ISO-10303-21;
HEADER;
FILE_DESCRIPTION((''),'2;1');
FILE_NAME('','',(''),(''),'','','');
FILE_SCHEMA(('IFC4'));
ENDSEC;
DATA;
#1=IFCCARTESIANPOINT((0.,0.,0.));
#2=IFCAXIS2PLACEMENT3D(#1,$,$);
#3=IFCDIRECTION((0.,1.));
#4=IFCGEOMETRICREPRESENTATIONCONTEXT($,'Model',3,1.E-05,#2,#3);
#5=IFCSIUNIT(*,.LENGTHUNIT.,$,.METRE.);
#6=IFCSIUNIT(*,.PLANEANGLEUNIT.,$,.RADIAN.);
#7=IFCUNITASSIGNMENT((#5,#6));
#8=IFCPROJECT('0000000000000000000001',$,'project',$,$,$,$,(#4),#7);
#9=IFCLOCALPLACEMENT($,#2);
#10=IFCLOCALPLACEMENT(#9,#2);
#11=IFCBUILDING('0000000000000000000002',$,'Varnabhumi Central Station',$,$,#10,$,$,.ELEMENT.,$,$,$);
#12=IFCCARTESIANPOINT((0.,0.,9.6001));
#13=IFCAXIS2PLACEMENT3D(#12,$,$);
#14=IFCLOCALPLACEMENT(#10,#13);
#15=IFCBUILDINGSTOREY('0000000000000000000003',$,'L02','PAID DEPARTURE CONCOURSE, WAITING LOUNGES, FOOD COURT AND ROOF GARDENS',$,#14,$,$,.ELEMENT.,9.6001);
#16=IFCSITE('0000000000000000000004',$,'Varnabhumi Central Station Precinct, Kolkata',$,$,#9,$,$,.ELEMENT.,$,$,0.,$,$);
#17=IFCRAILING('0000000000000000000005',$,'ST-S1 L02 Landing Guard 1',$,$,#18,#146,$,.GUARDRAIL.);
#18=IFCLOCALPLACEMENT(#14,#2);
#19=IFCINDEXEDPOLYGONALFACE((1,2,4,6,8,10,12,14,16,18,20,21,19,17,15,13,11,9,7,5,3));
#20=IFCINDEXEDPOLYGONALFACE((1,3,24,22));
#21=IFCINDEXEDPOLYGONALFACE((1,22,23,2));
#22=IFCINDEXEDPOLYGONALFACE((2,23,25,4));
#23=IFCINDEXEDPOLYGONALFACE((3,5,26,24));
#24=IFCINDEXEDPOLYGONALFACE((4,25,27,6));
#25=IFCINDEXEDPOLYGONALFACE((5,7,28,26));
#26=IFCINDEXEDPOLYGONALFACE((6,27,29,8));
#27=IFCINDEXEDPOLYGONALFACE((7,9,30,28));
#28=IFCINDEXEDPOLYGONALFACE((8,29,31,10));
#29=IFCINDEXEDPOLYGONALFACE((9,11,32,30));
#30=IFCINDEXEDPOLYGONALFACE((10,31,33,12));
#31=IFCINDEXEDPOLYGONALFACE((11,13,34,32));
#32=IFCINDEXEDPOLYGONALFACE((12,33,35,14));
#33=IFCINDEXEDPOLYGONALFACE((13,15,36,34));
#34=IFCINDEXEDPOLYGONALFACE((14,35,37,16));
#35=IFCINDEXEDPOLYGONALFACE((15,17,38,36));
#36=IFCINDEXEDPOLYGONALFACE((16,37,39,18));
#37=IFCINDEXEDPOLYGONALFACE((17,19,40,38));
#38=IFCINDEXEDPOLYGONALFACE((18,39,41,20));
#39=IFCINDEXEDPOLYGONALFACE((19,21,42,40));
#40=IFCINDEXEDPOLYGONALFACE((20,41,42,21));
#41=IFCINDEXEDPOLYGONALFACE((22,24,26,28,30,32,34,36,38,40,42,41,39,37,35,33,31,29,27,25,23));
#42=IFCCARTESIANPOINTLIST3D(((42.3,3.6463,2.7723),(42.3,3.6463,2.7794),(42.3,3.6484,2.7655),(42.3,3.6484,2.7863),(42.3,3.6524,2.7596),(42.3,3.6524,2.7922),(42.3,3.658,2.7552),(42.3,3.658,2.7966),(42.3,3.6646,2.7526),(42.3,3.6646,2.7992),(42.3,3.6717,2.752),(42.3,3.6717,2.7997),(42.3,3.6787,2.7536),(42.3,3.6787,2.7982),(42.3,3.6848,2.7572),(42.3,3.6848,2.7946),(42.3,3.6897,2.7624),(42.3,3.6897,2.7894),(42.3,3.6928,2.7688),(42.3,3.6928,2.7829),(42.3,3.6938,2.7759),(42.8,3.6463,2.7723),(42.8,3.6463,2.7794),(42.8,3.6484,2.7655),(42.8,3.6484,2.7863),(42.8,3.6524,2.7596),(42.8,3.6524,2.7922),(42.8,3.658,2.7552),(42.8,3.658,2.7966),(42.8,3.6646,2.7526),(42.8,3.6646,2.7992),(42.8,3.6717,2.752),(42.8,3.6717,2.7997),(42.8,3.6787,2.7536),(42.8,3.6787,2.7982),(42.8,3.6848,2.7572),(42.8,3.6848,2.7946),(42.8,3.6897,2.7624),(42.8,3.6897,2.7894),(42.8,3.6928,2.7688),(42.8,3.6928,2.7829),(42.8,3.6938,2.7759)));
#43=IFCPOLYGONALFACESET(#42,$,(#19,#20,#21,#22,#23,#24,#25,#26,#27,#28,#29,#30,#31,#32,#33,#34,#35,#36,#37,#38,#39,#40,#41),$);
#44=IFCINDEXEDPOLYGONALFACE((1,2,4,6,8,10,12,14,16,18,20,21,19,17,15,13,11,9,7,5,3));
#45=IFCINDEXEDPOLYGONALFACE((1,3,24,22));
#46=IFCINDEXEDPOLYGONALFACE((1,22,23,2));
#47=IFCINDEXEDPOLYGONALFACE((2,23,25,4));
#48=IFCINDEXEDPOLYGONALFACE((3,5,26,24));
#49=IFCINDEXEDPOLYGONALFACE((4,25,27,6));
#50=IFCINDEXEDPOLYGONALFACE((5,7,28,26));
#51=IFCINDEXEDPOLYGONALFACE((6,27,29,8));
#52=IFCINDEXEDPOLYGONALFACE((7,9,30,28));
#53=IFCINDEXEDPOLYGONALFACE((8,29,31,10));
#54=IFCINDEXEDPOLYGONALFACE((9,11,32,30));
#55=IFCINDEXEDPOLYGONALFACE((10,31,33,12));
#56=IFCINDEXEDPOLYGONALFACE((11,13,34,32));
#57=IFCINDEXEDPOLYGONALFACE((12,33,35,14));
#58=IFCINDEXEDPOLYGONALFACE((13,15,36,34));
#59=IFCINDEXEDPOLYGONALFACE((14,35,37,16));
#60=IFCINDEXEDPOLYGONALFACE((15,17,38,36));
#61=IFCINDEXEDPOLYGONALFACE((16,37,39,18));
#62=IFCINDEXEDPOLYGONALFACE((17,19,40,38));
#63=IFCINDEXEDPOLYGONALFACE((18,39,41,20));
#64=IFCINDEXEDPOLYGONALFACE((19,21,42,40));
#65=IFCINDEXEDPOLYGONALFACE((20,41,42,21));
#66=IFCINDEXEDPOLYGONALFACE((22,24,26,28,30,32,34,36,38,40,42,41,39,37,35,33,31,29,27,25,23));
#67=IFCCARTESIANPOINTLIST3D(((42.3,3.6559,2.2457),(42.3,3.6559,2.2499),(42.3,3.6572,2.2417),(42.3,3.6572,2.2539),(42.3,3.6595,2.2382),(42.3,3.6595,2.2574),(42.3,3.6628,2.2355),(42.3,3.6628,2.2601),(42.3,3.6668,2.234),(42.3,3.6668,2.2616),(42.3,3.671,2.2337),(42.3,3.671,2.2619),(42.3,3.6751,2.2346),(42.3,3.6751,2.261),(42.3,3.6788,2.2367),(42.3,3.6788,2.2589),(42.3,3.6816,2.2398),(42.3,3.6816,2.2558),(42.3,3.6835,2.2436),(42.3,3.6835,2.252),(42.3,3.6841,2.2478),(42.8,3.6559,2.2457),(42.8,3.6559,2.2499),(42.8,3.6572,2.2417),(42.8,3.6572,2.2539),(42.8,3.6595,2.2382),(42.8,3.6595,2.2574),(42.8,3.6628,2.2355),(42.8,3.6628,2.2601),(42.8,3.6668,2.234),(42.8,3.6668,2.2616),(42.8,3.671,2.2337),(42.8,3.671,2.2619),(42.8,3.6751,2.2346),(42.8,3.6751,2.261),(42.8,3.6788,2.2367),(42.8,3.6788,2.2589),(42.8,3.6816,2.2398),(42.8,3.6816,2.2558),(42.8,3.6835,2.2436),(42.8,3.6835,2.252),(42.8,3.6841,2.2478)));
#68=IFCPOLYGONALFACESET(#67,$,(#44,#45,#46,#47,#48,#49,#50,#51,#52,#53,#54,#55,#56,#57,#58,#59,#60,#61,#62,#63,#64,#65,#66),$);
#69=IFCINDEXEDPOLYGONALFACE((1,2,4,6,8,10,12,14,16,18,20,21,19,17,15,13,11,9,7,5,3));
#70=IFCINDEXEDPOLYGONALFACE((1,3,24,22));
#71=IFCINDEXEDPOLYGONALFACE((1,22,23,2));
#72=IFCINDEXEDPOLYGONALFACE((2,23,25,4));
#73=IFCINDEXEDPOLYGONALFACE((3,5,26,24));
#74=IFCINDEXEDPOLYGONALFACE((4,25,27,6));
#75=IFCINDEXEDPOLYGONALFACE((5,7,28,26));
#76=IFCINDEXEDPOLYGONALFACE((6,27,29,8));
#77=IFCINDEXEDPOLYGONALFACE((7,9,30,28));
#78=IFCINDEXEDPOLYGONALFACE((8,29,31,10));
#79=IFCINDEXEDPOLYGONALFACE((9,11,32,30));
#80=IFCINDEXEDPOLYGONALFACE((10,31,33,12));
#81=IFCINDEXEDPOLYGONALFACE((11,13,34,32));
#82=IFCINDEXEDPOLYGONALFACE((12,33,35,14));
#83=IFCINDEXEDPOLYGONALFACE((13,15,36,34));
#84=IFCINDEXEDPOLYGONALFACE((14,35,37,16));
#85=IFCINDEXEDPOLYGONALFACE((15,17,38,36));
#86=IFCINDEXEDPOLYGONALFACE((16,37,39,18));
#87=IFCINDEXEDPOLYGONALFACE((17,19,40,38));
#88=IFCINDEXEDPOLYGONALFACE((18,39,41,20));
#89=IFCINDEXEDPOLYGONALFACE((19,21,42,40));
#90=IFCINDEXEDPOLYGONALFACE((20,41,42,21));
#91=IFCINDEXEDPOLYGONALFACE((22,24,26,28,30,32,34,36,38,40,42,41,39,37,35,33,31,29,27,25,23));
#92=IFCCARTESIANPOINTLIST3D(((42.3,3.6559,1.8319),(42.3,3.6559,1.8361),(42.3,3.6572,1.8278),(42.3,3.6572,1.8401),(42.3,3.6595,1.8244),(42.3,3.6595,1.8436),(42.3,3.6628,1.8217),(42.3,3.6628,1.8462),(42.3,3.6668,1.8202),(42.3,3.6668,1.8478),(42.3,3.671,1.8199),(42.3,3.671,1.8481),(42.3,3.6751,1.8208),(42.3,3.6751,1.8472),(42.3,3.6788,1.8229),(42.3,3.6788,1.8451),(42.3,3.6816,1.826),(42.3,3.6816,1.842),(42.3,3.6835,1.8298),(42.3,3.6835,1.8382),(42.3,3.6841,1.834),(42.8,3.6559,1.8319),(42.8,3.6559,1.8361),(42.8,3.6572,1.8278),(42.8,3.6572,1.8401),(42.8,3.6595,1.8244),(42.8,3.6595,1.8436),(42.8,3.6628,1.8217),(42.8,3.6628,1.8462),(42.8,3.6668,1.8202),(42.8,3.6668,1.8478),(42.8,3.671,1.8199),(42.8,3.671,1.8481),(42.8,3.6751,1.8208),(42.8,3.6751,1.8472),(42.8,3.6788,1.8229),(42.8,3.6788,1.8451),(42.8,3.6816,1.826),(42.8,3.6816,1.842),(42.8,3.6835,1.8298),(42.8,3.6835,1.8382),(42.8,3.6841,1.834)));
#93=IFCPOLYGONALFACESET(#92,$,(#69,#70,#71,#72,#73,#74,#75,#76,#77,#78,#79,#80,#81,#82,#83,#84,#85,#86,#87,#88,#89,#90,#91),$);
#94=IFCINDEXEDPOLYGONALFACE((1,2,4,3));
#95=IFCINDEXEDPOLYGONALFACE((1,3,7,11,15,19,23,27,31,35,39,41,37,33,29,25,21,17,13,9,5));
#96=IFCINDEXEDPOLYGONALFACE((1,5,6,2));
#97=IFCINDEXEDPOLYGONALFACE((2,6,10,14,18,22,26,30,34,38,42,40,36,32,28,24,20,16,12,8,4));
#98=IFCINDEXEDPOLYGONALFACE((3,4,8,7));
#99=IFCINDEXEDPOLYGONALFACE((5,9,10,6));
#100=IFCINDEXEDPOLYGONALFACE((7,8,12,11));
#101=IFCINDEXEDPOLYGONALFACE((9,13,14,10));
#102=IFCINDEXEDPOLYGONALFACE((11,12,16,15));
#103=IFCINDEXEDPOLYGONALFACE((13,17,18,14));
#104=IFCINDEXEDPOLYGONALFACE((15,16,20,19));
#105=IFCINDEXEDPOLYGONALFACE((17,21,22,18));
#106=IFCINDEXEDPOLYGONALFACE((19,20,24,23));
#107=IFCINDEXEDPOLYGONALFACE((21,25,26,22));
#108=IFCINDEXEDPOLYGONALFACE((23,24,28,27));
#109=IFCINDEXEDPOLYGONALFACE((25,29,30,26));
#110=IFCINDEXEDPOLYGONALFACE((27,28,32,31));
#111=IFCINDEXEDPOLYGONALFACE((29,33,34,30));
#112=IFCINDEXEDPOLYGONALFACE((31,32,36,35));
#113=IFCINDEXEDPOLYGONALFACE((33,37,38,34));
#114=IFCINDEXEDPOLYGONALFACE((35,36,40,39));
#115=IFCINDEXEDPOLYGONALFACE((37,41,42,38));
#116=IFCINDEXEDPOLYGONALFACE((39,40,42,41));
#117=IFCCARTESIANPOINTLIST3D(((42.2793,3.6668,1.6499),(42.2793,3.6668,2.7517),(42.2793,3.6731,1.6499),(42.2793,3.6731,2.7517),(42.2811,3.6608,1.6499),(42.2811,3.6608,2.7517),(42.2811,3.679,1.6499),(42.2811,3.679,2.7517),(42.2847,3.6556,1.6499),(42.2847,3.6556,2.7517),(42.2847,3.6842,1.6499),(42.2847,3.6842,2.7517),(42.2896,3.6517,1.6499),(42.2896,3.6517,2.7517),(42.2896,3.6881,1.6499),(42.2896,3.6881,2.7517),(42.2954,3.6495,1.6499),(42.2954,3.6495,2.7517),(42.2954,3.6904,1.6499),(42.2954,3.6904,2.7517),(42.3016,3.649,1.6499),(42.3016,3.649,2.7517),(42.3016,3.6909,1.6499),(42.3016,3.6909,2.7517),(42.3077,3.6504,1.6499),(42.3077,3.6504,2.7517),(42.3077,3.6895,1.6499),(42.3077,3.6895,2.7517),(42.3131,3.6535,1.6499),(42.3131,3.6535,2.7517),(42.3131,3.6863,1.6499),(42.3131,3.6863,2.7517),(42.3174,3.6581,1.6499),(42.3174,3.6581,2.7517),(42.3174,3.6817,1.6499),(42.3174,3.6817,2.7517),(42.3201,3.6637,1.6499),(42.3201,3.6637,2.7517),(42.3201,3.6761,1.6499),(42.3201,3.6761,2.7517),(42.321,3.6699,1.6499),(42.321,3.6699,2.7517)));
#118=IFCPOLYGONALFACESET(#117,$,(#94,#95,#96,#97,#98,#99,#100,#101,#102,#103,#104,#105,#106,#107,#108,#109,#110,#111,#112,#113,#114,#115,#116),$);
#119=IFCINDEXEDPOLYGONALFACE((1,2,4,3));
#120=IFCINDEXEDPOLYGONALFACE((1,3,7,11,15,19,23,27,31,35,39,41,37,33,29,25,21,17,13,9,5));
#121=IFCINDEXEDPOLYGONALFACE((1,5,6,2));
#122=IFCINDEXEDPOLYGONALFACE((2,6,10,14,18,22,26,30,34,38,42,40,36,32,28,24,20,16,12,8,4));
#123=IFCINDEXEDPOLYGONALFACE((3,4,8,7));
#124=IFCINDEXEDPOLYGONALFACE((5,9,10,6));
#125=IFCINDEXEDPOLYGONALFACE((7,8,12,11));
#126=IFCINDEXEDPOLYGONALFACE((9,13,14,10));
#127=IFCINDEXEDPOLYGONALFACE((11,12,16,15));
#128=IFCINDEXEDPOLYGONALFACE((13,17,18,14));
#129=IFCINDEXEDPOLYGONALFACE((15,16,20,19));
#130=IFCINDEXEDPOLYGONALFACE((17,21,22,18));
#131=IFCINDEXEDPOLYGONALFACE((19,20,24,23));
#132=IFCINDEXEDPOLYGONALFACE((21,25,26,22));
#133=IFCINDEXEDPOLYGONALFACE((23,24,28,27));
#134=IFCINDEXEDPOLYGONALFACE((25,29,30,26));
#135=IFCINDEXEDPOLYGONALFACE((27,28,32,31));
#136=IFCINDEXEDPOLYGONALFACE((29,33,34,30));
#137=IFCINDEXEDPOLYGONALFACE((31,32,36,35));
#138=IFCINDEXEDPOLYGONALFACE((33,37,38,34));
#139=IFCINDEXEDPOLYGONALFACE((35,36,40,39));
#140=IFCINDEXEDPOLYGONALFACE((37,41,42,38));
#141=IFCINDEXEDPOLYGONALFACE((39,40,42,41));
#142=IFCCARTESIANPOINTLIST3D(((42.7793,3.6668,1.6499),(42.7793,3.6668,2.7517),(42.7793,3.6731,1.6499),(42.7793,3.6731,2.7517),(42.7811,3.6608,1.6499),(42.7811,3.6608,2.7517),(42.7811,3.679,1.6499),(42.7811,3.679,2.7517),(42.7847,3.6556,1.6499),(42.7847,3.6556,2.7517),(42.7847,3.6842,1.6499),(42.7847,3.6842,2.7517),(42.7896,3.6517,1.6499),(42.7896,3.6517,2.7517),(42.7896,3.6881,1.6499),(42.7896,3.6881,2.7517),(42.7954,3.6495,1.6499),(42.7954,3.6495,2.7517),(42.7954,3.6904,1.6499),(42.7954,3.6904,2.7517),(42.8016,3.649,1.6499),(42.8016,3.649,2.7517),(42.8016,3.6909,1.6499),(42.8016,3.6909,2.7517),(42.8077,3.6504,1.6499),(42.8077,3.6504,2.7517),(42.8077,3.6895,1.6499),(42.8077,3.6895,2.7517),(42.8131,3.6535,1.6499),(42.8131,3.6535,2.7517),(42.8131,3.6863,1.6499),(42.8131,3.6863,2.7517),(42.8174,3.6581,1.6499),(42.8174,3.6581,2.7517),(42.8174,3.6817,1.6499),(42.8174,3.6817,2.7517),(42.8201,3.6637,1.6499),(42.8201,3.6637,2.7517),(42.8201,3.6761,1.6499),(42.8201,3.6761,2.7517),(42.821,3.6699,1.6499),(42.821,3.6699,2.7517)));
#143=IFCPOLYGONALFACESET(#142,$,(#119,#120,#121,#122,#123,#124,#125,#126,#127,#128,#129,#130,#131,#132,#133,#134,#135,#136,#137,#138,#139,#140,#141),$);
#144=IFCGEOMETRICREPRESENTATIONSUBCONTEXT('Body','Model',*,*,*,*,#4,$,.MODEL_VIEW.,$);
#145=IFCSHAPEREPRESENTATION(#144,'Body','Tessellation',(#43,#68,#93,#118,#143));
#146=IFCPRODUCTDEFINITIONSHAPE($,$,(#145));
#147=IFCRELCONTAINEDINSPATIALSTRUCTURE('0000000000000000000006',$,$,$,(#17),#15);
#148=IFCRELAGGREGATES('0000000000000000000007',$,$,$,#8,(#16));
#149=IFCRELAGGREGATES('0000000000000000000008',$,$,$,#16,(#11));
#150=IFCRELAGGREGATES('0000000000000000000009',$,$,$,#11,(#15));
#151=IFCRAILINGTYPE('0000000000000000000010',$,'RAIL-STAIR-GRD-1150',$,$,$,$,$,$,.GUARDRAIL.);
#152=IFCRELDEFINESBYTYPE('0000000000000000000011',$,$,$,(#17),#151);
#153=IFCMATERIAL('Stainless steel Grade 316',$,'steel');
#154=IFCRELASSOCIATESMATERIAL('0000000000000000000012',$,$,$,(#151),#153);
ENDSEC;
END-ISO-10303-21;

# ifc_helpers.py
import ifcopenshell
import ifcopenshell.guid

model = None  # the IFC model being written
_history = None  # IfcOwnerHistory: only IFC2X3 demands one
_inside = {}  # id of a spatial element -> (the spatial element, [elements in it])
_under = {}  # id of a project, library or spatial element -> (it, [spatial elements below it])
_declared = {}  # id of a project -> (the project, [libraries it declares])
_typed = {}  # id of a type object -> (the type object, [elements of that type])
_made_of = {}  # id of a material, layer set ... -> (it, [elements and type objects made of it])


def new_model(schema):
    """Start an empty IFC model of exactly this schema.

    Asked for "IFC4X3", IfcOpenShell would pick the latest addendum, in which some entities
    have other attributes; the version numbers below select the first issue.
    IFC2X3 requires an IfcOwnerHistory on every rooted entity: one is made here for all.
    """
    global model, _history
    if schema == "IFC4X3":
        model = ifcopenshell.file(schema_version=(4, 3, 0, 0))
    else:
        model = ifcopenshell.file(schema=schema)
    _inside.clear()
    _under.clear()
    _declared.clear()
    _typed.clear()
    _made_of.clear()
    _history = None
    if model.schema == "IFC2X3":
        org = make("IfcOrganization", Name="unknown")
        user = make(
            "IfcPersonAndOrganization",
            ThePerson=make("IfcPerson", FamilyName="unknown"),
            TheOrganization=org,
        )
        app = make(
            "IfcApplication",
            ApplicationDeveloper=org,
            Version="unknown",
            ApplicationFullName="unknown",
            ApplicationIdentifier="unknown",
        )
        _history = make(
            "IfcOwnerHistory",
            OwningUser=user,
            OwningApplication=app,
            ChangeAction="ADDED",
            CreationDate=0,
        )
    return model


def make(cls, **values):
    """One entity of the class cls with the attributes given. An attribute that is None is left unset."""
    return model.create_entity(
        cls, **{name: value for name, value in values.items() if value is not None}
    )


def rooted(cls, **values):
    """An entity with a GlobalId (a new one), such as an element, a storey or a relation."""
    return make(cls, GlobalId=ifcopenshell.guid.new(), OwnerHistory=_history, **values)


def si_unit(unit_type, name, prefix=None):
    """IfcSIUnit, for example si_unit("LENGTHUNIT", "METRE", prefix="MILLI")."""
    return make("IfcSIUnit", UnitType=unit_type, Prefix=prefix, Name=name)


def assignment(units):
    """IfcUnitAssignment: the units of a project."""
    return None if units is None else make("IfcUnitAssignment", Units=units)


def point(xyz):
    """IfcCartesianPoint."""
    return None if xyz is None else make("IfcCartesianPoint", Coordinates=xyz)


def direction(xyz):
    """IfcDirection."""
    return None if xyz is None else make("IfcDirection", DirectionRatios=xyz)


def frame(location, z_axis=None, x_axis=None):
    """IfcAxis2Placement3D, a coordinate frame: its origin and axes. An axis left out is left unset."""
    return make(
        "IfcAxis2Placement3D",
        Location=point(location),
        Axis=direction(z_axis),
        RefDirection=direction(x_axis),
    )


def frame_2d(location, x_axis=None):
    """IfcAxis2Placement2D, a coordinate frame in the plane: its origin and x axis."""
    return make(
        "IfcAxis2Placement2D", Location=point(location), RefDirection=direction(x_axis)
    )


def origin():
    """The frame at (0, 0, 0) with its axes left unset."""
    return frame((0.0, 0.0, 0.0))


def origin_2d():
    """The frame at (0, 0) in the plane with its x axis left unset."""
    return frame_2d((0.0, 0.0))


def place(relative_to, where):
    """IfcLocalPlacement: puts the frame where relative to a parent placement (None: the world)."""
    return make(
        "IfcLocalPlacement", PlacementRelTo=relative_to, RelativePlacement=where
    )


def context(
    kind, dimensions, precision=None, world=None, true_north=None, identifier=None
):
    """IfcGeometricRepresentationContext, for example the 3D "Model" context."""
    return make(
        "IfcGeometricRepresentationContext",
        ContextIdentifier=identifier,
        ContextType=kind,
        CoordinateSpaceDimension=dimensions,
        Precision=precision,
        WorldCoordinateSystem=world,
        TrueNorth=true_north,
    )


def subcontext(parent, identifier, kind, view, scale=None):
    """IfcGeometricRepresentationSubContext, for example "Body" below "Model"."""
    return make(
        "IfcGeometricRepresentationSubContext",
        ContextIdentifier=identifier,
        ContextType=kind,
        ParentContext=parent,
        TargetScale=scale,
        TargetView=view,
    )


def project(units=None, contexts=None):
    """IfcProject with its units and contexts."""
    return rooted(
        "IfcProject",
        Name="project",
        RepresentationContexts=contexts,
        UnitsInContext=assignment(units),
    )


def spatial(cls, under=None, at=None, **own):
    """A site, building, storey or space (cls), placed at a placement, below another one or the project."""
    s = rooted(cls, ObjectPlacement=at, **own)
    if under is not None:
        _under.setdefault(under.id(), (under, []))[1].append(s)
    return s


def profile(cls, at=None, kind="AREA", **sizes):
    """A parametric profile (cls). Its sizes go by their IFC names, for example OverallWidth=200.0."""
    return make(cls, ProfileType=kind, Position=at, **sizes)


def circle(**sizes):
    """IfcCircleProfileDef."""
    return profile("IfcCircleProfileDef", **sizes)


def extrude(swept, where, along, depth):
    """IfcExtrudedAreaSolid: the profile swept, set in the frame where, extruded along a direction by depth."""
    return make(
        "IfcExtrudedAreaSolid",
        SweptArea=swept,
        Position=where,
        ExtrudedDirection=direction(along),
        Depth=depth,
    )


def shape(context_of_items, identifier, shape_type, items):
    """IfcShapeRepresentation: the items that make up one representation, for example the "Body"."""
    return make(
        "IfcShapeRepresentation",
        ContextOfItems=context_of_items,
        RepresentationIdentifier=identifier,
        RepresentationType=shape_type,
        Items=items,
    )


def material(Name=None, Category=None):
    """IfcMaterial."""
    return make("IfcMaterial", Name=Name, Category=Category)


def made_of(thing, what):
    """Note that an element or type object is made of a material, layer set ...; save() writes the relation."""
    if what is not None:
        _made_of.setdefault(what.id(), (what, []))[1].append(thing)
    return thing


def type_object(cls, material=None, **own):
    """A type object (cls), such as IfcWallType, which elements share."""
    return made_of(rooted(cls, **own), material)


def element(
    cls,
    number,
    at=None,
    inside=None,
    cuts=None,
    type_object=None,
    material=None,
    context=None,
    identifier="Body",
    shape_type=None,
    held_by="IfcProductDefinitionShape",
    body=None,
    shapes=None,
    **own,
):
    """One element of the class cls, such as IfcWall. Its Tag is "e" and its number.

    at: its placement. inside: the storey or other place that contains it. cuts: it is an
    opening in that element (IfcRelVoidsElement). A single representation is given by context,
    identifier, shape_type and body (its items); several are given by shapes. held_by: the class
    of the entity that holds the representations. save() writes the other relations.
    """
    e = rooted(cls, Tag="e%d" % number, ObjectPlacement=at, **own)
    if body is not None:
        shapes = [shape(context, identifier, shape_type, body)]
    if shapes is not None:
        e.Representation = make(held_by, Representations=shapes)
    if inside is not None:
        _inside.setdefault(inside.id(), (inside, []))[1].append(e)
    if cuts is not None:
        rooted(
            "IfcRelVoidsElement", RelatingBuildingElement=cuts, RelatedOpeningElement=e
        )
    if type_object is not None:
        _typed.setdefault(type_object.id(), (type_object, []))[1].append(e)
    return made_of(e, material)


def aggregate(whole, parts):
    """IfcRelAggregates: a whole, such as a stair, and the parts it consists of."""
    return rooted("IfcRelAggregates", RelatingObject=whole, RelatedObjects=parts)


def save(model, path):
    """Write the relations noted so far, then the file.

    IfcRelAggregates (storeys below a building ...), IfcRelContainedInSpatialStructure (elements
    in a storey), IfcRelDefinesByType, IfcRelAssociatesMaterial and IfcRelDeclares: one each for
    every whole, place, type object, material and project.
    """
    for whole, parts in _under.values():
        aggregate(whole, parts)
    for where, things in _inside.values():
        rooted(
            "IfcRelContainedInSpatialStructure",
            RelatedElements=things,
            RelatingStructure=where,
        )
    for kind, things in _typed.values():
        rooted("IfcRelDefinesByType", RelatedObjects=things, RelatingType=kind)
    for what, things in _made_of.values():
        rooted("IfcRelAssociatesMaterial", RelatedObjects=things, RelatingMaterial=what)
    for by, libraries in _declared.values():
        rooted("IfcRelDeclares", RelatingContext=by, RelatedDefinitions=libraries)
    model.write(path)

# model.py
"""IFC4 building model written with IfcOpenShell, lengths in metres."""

from ifc_helpers import new_model, si_unit, direction, frame, origin, origin_2d, place, context, subcontext, project, spatial, circle, extrude, material, type_object, element, save


model = new_model("IFC4")

# Units and contexts
model_context = context("Model", 3, precision=1e-05, world=origin(), true_north=direction((0.0, 1.0)))
body_context = subcontext(model_context, "Body", "Model", "MODEL_VIEW")
ifc_project = project(units=[si_unit("LENGTHUNIT", "METRE"), si_unit("PLANEANGLEUNIT", "RADIAN")], contexts=[model_context])

# Site, building, storey
site_placement = place(None, origin())
site = spatial("IfcSite", under=ifc_project, at=site_placement, Name="Varnabhumi Central Station Precinct, Kolkata", CompositionType="ELEMENT", RefElevation=0.0)
building_placement = place(site_placement, origin())
building = spatial("IfcBuilding", under=site, at=building_placement, Name="Varnabhumi Central Station", CompositionType="ELEMENT")
storey_placement = place(building_placement, frame((0.0, 0.0, 9.6001)))
storey = spatial("IfcBuildingStorey", under=building, at=storey_placement, Name="L02", Description="PAID DEPARTURE CONCOURSE, WAITING LOUNGES, FOOD COURT AND ROOF GARDENS", CompositionType="ELEMENT", Elevation=9.6001)

# Railing
ifc_material_1 = material(Name="Stainless steel Grade 316", Category="steel")
railing_type_1 = type_object("IfcRailingType", Name="RAIL-STAIR-GRD-1150", PredefinedType="GUARDRAIL", material=ifc_material_1)
for number, where, name in (
    (1, (42.3, 3.6699, 1.6499), "ST-S1 L02 Landing Guard 1"),
):
    element("IfcRailing", number, at=place(storey_placement, frame(where)), inside=storey, type_object=railing_type_1, Name=name, PredefinedType="GUARDRAIL", context=body_context, shape_type="SweptSolid", body=[
        extrude(circle(Radius=0.0239, at=origin_2d()), frame((0.0, 0.0, 1.126), z_axis=(1.0, 0.0, 0.0), x_axis=(0.0, 1.0, 0.0)), (0.0, 0.0, 1.0), 0.5),
        extrude(circle(Radius=0.0142, at=origin_2d()), frame((0.0, 0.0, 0.5979), z_axis=(1.0, 0.0, 0.0), x_axis=(0.0, 1.0, 0.0)), (0.0, 0.0, 1.0), 0.5),
        extrude(circle(Radius=0.0142, at=origin_2d()), frame((0.0, 0.0, 0.1841), z_axis=(1.0, 0.0, 0.0), x_axis=(0.0, 1.0, 0.0)), (0.0, 0.0, 1.0), 0.5),
        extrude(circle(Radius=0.021, at=origin_2d()), origin(), (0.0, 0.0, 1.0), 1.1018),
        extrude(circle(Radius=0.021, at=origin_2d()), frame((0.5, 0.0, 0.0)), (0.0, 0.0, 1.0), 1.1018),
    ])

save(model, "model.ifc")
